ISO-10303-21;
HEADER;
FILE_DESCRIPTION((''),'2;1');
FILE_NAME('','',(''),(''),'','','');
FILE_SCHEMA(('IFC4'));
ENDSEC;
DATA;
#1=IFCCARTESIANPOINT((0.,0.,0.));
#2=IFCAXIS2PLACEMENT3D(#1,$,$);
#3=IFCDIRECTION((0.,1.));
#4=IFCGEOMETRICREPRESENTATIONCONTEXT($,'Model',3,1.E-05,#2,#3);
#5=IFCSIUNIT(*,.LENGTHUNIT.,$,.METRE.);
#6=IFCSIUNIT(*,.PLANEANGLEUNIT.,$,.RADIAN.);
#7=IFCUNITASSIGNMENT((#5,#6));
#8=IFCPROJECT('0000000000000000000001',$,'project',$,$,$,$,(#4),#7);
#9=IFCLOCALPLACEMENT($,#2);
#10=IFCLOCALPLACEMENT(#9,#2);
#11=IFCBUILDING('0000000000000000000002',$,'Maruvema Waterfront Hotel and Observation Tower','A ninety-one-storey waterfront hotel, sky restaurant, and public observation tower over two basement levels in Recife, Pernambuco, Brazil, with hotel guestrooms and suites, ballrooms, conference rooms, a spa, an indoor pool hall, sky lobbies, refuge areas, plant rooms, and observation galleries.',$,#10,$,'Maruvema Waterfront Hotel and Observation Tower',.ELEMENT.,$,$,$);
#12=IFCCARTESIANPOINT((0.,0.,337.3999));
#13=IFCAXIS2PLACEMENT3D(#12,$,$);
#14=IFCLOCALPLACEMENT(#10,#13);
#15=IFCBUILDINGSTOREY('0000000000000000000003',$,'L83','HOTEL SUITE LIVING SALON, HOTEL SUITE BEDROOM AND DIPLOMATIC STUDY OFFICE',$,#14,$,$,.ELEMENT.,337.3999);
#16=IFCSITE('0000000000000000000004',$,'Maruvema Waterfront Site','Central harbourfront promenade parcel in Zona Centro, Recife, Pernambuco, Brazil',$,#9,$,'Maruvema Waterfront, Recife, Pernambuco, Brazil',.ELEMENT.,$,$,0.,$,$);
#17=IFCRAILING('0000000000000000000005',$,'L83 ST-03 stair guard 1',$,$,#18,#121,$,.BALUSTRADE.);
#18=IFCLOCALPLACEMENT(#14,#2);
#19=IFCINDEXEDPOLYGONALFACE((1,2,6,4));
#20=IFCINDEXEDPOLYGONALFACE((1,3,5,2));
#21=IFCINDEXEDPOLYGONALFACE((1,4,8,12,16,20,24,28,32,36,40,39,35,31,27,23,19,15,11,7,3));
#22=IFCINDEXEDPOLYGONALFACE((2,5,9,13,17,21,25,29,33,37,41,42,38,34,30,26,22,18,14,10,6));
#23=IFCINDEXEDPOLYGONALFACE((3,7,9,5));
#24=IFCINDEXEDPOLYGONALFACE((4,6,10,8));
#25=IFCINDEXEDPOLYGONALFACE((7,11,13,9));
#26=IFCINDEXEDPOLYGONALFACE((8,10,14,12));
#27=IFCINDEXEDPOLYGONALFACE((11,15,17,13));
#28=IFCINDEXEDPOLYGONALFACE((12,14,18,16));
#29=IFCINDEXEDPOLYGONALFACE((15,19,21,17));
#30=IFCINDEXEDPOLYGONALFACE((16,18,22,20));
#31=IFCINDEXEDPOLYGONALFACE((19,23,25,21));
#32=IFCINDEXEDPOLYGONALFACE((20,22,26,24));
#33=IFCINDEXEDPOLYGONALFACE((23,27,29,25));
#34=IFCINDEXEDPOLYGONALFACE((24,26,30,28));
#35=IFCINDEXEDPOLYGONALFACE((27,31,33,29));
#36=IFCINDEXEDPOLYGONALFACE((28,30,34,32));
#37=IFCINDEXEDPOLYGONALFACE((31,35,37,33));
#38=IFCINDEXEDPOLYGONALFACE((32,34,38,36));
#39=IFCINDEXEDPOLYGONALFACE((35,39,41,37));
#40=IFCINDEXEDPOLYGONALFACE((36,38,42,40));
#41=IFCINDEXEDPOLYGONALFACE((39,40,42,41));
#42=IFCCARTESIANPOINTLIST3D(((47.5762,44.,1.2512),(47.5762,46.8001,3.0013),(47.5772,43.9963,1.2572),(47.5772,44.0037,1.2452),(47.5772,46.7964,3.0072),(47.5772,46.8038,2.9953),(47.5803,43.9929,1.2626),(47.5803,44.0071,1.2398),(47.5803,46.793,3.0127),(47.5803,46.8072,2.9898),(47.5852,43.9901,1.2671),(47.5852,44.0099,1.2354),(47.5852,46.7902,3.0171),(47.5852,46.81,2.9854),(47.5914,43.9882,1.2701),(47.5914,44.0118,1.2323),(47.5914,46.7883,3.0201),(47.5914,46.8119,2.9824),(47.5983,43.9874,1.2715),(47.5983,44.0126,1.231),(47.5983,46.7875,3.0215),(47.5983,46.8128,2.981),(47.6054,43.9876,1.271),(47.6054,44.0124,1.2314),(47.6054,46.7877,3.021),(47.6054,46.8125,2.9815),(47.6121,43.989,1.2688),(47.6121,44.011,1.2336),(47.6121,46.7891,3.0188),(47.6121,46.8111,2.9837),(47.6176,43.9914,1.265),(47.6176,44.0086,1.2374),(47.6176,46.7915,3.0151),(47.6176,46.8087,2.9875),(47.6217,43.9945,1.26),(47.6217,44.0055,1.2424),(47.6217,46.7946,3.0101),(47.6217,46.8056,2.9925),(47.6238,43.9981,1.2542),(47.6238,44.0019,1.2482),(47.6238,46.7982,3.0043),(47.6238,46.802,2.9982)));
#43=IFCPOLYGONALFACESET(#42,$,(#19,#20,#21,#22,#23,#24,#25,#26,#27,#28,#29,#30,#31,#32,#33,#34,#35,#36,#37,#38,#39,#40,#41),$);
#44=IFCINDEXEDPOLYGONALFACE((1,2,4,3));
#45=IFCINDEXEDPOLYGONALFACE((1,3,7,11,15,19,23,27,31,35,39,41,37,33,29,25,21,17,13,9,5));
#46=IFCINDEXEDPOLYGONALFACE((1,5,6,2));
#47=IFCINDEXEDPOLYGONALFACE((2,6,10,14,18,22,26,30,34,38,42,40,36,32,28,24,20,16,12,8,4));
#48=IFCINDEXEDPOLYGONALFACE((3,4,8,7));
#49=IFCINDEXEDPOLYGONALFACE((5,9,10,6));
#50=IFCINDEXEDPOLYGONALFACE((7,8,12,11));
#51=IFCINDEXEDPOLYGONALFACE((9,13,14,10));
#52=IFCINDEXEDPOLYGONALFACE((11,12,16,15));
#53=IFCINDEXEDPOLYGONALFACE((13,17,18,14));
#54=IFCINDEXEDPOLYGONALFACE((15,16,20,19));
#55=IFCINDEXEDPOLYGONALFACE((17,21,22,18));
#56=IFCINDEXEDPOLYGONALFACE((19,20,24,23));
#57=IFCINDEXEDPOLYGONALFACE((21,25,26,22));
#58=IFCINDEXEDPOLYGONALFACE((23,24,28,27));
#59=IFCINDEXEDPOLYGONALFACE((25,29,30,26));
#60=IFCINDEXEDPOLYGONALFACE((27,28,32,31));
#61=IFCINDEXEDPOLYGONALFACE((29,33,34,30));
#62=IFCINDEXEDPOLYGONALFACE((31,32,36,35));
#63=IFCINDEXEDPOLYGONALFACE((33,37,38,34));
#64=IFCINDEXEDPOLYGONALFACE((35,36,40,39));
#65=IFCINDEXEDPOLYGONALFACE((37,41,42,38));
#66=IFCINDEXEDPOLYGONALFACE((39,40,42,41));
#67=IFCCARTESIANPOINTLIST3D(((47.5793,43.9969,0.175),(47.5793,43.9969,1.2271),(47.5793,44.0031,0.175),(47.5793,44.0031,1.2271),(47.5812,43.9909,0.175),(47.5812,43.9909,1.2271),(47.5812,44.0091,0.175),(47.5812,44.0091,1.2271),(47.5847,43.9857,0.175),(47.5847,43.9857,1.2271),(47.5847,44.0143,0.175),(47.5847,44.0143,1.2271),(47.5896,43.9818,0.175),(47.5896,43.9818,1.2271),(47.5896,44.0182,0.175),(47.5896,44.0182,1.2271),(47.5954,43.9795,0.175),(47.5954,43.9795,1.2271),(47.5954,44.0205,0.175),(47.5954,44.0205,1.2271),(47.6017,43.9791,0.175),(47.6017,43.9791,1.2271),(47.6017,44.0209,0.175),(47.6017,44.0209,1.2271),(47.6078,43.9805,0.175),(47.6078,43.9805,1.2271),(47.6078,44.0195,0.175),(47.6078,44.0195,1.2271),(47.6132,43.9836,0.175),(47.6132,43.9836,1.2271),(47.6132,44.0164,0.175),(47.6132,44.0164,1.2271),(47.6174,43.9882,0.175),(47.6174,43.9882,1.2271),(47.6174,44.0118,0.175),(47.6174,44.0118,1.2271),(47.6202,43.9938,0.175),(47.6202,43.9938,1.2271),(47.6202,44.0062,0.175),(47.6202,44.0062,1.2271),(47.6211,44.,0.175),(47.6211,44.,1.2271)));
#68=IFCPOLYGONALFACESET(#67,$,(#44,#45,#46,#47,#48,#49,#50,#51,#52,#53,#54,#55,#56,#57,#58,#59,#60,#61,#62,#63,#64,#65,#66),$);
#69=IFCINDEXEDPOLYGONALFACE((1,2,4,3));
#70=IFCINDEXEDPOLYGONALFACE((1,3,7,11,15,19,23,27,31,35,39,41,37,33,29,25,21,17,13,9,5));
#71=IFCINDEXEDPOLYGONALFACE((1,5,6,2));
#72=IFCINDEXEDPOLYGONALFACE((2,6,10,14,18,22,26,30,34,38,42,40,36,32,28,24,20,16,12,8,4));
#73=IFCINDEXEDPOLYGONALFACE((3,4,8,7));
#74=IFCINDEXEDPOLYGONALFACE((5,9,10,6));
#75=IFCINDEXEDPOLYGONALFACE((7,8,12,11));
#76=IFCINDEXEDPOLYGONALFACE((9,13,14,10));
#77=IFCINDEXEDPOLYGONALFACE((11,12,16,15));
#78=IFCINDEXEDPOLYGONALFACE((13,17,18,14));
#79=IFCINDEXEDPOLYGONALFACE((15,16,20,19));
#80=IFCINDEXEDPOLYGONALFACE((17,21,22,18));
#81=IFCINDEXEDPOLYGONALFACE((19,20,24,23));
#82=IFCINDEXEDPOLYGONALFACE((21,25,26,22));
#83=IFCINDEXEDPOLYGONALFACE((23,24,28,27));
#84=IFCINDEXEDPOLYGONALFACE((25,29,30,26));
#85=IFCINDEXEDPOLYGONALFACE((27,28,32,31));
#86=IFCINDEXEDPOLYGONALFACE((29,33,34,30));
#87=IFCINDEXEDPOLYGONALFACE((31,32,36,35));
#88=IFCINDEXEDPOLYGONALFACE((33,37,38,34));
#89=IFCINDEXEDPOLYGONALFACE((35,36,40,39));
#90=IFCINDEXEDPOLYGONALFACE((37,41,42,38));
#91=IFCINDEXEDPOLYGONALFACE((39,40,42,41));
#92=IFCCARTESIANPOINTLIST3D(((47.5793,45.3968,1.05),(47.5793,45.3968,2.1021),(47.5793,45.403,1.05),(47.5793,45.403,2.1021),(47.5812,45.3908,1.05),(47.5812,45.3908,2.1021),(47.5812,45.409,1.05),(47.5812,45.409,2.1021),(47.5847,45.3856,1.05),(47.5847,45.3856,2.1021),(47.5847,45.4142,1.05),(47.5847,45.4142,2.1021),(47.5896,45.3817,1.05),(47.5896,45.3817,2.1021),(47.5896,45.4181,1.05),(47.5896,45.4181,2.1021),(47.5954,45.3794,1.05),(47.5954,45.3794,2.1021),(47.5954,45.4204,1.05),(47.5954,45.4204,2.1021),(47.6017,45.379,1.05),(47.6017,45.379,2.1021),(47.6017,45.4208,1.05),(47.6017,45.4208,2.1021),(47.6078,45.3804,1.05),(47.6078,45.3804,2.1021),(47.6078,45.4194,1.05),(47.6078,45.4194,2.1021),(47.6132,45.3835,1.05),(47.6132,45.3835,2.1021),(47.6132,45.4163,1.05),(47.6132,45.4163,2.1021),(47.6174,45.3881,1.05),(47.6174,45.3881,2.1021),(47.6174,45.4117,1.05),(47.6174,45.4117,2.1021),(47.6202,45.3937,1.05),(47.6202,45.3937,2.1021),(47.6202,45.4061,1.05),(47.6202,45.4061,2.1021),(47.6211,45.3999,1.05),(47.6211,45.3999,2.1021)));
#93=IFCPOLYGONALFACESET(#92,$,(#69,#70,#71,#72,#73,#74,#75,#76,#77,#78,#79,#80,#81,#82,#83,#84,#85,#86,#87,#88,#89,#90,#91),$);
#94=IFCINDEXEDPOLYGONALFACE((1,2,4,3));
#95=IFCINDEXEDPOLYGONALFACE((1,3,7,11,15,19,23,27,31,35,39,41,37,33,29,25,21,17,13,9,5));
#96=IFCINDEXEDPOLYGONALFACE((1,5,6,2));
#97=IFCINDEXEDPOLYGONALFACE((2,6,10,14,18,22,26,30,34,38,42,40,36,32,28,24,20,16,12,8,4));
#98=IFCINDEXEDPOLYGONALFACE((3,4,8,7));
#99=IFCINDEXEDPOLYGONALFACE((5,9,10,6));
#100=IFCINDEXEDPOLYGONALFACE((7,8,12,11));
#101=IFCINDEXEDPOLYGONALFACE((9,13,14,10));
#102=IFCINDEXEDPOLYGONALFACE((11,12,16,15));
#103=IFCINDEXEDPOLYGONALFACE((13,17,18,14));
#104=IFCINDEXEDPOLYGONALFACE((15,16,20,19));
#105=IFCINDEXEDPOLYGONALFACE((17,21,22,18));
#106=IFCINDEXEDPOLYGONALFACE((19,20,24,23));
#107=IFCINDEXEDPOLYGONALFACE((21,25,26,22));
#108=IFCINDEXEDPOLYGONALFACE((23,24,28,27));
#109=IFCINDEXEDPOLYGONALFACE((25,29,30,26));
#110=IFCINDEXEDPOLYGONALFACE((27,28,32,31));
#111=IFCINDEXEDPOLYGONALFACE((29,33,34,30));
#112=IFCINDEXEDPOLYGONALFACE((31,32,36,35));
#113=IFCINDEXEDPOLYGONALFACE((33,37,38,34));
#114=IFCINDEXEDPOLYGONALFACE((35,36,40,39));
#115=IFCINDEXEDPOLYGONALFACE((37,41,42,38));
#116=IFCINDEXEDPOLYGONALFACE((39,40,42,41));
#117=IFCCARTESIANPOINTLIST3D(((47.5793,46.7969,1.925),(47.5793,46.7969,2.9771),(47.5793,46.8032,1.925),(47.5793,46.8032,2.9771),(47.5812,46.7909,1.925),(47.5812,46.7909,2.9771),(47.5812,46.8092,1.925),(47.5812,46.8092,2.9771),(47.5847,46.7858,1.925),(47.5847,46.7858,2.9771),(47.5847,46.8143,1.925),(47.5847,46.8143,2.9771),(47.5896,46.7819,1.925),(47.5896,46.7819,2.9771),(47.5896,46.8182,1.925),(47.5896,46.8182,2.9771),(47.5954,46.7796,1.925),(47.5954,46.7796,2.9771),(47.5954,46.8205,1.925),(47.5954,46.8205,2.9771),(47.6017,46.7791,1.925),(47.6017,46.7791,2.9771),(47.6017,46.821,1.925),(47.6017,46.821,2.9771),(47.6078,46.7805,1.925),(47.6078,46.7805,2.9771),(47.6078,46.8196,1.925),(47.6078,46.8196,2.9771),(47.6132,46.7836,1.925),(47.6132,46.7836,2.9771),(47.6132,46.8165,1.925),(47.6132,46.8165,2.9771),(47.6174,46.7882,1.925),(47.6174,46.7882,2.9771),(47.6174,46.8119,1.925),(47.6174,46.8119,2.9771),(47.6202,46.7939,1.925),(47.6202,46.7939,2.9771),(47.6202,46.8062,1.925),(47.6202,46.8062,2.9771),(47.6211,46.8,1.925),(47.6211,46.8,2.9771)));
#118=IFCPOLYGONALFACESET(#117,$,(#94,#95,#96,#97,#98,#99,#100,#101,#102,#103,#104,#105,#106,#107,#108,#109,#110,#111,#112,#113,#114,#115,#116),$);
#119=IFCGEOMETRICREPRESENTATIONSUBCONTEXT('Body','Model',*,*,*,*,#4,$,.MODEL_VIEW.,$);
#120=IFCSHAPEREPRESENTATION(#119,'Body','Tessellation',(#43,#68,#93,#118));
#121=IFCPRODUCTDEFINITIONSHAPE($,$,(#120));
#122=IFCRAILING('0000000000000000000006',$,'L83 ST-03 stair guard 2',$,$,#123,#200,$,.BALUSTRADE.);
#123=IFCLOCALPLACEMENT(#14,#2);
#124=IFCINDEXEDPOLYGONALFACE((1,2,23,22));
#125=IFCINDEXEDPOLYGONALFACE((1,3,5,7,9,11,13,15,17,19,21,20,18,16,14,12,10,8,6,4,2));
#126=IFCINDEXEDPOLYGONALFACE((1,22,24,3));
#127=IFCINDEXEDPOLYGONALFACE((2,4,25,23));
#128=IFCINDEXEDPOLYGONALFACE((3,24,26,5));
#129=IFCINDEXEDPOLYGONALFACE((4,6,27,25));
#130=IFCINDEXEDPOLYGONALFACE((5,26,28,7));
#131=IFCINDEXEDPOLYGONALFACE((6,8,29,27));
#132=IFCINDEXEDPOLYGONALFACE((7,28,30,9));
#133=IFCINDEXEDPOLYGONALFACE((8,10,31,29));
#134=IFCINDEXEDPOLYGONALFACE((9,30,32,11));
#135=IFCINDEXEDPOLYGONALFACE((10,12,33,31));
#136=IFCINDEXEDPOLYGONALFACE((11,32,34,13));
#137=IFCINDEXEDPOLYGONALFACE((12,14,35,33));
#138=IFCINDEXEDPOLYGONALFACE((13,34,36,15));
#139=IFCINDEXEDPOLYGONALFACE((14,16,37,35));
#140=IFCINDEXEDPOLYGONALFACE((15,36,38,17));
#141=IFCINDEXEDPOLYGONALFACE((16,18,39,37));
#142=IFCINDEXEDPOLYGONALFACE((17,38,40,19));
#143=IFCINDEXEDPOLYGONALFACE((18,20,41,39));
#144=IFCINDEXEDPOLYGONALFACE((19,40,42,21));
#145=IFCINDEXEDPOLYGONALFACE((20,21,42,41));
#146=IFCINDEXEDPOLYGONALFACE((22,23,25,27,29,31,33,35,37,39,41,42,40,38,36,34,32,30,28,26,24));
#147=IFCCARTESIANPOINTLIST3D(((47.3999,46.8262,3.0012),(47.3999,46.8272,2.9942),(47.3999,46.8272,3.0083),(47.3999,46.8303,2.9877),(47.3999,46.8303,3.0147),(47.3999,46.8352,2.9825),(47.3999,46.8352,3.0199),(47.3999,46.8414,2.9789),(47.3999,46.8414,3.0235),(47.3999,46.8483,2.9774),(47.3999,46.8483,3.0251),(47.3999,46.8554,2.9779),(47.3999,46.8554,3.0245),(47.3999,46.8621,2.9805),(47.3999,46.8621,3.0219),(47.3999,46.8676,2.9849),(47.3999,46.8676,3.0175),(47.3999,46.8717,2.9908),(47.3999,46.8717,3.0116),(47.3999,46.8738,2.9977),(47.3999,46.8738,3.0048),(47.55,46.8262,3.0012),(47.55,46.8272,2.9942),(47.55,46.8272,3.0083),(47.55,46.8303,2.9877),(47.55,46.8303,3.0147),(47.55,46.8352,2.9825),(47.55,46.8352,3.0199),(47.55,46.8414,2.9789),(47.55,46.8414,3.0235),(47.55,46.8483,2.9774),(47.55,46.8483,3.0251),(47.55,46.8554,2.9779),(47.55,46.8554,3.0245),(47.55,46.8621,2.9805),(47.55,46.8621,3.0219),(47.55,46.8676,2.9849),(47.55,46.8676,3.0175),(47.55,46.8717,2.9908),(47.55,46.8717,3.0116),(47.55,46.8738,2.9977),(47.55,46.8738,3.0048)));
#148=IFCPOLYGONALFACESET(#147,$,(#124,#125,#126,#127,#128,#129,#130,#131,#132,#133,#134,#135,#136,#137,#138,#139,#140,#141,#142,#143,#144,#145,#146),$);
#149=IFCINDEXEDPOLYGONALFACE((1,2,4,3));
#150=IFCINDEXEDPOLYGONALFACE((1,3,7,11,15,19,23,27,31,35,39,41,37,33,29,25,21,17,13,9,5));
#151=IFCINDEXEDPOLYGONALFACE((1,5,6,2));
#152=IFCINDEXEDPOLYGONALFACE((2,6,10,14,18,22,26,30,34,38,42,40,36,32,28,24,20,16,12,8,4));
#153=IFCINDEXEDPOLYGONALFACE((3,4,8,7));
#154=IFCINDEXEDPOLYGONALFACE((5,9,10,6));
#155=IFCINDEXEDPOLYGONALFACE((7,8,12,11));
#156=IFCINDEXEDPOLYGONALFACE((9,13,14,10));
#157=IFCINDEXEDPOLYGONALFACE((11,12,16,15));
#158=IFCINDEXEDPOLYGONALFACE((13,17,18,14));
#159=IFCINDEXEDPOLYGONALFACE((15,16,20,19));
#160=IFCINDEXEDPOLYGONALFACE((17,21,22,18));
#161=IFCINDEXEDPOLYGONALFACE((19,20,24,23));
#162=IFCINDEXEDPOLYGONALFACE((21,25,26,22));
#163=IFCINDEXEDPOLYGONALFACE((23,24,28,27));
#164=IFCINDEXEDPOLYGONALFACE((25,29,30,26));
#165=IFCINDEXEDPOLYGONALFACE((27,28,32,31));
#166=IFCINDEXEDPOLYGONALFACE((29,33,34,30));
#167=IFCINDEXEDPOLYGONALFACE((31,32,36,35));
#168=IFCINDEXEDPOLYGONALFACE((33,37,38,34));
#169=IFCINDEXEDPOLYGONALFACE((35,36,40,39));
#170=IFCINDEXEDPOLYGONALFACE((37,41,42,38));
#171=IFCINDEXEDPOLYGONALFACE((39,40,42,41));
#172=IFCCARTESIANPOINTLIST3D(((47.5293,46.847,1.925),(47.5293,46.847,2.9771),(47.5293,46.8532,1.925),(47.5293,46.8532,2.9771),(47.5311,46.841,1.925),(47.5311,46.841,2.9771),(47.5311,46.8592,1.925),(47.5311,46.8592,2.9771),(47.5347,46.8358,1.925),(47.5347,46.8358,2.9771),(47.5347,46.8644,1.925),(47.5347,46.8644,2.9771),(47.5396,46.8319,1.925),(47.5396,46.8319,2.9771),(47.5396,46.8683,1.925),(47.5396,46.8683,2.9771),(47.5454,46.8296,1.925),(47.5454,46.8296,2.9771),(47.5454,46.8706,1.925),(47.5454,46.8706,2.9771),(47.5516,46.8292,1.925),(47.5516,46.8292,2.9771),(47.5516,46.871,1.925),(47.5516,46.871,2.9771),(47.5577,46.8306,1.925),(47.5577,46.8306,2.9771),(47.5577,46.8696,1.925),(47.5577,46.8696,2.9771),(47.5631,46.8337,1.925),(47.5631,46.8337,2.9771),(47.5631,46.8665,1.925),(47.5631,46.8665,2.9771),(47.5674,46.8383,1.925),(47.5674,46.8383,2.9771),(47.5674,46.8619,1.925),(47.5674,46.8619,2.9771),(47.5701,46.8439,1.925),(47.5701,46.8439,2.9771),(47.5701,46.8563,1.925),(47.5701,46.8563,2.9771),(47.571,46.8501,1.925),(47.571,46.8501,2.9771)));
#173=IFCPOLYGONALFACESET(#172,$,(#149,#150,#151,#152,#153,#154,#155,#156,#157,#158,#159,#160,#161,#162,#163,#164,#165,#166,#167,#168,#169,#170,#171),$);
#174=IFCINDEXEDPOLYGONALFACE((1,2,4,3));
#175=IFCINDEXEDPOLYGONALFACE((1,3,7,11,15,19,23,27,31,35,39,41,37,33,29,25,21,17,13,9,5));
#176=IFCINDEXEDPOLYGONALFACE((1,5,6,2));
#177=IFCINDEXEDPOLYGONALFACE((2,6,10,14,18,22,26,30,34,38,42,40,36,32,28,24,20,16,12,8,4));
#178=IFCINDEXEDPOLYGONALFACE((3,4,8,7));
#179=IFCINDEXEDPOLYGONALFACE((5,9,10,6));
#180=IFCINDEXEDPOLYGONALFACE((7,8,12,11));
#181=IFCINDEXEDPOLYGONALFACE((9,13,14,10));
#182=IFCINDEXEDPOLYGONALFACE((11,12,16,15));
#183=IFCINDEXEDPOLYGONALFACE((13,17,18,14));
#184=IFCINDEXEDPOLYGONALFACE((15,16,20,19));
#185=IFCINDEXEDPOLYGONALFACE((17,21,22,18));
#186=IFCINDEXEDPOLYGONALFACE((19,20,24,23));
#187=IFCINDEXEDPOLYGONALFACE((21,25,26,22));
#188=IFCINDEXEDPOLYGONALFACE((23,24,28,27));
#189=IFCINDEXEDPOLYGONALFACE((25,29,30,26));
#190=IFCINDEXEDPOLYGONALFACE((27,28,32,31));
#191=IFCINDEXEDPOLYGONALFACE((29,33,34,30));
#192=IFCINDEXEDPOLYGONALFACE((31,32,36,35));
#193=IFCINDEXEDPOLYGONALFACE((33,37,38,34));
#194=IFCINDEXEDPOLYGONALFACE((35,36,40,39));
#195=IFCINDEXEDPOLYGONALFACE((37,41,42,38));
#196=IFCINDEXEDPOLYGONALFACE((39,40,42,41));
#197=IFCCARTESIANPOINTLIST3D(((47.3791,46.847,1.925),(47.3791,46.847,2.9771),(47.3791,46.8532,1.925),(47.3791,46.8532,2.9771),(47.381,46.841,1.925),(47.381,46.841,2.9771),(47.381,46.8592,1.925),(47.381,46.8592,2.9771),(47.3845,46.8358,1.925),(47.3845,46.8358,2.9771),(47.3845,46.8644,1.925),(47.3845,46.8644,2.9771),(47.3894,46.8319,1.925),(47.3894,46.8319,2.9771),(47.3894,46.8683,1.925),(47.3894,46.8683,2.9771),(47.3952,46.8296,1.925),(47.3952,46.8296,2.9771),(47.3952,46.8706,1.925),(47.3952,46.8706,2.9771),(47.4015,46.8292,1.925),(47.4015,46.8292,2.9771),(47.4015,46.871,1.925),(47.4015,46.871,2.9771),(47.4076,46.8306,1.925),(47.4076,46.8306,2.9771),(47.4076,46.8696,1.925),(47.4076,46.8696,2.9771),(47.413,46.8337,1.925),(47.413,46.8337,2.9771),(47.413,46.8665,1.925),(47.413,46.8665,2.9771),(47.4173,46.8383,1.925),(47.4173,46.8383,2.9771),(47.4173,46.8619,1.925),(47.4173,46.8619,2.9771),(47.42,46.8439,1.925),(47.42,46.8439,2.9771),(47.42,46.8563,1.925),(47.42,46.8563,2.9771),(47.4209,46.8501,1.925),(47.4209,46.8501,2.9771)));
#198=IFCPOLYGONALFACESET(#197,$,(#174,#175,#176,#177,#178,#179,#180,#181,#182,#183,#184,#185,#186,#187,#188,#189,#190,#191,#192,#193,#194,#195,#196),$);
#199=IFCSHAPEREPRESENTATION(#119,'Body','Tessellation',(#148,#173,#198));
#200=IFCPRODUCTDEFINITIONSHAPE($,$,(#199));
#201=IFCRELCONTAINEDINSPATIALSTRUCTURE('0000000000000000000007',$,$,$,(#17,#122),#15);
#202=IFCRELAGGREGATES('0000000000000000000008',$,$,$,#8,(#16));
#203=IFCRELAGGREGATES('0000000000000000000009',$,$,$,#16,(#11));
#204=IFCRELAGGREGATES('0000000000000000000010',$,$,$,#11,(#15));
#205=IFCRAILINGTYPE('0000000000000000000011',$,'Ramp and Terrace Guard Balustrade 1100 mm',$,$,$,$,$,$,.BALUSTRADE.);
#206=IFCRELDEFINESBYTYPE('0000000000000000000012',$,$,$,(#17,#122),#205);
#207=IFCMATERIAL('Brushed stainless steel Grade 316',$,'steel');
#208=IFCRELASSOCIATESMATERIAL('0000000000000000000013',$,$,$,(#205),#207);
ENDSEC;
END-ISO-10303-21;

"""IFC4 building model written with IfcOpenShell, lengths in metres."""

from ifc_helpers import new_model, si_unit, direction, frame, origin, origin_2d, place, context, subcontext, project, spatial, circle, extrude, material, type_object, element, save


model = new_model("IFC4")

# Units and contexts
model_context = context("Model", 3, precision=1e-05, world=origin(), true_north=direction((0.0, 1.0)))
body_context = subcontext(model_context, "Body", "Model", "MODEL_VIEW")
ifc_project = project(units=[si_unit("LENGTHUNIT", "METRE"), si_unit("PLANEANGLEUNIT", "RADIAN")], contexts=[model_context])

# Site, building, storey
site_placement = place(None, origin())
site = spatial("IfcSite", under=ifc_project, at=site_placement, Name="Maruvema Waterfront Site", Description="Central harbourfront promenade parcel in Zona Centro, Recife, Pernambuco, Brazil", LongName="Maruvema Waterfront, Recife, Pernambuco, Brazil", CompositionType="ELEMENT", RefElevation=0.0)
building_placement = place(site_placement, origin())
building = spatial("IfcBuilding", under=site, at=building_placement, Name="Maruvema Waterfront Hotel and Observation Tower", Description="A ninety-one-storey waterfront hotel, sky restaurant, and public observation tower over two basement levels in Recife, Pernambuco, Brazil, with hotel guestrooms and suites, ballrooms, conference rooms, a spa, an indoor pool hall, sky lobbies, refuge areas, plant rooms, and observation galleries.", LongName="Maruvema Waterfront Hotel and Observation Tower", CompositionType="ELEMENT")
storey_placement = place(building_placement, frame((0.0, 0.0, 337.3999)))
storey = spatial("IfcBuildingStorey", under=building, at=storey_placement, Name="L83", Description="HOTEL SUITE LIVING SALON, HOTEL SUITE BEDROOM AND DIPLOMATIC STUDY OFFICE", CompositionType="ELEMENT", Elevation=337.3999)

# Railings
ifc_material_1 = material(Name="Brushed stainless steel Grade 316", Category="steel")
railing_type_1 = type_object("IfcRailingType", Name="Ramp and Terrace Guard Balustrade 1100 mm", PredefinedType="BALUSTRADE", material=ifc_material_1)
railing_1_placement = place(storey_placement, frame((47.6001, 44.0, 0.175)))
element("IfcRailing", 1, at=railing_1_placement, inside=storey, type_object=railing_type_1, Name="L83 ST-03 stair guard 1", PredefinedType="BALUSTRADE", context=body_context, shape_type="SweptSolid", body=[
    extrude(circle(Radius=0.0239, at=origin_2d()), frame((0.0, 0.0, 1.0762), z_axis=(0.0, 0.848002, 0.529992), x_axis=(-1.0, 0.0, 0.0)), (0.0, 0.0, 1.0), 3.302),
    extrude(circle(Radius=0.021, at=origin_2d()), origin(), (0.0, 0.0, 1.0), 1.052),
    extrude(circle(Radius=0.021, at=origin_2d()), frame((0.0, 1.3999, 0.875)), (0.0, 0.0, 1.0), 1.052),
    extrude(circle(Radius=0.021, at=origin_2d()), frame((0.0, 2.8, 1.75)), (0.0, 0.0, 1.0), 1.052),
])
railing_2_placement = place(storey_placement, frame((47.55, 46.8501, 1.925)))
element("IfcRailing", 2, at=railing_2_placement, inside=storey, type_object=railing_type_1, Name="L83 ST-03 stair guard 2", PredefinedType="BALUSTRADE", context=body_context, shape_type="SweptSolid", body=[
    extrude(circle(Radius=0.0239, at=origin_2d()), frame((0.0, 0.0, 1.0762), z_axis=(-1.0, 0.0, 0.0), x_axis=(0.0, -1.0, 0.0)), (0.0, 0.0, 1.0), 0.1501),
    extrude(circle(Radius=0.021, at=origin_2d()), origin(), (0.0, 0.0, 1.0), 1.052),
    extrude(circle(Radius=0.021, at=origin_2d()), frame((-0.1501, 0.0, 0.0)), (0.0, 0.0, 1.0), 1.052),
])

save(model, "model.ifc")
